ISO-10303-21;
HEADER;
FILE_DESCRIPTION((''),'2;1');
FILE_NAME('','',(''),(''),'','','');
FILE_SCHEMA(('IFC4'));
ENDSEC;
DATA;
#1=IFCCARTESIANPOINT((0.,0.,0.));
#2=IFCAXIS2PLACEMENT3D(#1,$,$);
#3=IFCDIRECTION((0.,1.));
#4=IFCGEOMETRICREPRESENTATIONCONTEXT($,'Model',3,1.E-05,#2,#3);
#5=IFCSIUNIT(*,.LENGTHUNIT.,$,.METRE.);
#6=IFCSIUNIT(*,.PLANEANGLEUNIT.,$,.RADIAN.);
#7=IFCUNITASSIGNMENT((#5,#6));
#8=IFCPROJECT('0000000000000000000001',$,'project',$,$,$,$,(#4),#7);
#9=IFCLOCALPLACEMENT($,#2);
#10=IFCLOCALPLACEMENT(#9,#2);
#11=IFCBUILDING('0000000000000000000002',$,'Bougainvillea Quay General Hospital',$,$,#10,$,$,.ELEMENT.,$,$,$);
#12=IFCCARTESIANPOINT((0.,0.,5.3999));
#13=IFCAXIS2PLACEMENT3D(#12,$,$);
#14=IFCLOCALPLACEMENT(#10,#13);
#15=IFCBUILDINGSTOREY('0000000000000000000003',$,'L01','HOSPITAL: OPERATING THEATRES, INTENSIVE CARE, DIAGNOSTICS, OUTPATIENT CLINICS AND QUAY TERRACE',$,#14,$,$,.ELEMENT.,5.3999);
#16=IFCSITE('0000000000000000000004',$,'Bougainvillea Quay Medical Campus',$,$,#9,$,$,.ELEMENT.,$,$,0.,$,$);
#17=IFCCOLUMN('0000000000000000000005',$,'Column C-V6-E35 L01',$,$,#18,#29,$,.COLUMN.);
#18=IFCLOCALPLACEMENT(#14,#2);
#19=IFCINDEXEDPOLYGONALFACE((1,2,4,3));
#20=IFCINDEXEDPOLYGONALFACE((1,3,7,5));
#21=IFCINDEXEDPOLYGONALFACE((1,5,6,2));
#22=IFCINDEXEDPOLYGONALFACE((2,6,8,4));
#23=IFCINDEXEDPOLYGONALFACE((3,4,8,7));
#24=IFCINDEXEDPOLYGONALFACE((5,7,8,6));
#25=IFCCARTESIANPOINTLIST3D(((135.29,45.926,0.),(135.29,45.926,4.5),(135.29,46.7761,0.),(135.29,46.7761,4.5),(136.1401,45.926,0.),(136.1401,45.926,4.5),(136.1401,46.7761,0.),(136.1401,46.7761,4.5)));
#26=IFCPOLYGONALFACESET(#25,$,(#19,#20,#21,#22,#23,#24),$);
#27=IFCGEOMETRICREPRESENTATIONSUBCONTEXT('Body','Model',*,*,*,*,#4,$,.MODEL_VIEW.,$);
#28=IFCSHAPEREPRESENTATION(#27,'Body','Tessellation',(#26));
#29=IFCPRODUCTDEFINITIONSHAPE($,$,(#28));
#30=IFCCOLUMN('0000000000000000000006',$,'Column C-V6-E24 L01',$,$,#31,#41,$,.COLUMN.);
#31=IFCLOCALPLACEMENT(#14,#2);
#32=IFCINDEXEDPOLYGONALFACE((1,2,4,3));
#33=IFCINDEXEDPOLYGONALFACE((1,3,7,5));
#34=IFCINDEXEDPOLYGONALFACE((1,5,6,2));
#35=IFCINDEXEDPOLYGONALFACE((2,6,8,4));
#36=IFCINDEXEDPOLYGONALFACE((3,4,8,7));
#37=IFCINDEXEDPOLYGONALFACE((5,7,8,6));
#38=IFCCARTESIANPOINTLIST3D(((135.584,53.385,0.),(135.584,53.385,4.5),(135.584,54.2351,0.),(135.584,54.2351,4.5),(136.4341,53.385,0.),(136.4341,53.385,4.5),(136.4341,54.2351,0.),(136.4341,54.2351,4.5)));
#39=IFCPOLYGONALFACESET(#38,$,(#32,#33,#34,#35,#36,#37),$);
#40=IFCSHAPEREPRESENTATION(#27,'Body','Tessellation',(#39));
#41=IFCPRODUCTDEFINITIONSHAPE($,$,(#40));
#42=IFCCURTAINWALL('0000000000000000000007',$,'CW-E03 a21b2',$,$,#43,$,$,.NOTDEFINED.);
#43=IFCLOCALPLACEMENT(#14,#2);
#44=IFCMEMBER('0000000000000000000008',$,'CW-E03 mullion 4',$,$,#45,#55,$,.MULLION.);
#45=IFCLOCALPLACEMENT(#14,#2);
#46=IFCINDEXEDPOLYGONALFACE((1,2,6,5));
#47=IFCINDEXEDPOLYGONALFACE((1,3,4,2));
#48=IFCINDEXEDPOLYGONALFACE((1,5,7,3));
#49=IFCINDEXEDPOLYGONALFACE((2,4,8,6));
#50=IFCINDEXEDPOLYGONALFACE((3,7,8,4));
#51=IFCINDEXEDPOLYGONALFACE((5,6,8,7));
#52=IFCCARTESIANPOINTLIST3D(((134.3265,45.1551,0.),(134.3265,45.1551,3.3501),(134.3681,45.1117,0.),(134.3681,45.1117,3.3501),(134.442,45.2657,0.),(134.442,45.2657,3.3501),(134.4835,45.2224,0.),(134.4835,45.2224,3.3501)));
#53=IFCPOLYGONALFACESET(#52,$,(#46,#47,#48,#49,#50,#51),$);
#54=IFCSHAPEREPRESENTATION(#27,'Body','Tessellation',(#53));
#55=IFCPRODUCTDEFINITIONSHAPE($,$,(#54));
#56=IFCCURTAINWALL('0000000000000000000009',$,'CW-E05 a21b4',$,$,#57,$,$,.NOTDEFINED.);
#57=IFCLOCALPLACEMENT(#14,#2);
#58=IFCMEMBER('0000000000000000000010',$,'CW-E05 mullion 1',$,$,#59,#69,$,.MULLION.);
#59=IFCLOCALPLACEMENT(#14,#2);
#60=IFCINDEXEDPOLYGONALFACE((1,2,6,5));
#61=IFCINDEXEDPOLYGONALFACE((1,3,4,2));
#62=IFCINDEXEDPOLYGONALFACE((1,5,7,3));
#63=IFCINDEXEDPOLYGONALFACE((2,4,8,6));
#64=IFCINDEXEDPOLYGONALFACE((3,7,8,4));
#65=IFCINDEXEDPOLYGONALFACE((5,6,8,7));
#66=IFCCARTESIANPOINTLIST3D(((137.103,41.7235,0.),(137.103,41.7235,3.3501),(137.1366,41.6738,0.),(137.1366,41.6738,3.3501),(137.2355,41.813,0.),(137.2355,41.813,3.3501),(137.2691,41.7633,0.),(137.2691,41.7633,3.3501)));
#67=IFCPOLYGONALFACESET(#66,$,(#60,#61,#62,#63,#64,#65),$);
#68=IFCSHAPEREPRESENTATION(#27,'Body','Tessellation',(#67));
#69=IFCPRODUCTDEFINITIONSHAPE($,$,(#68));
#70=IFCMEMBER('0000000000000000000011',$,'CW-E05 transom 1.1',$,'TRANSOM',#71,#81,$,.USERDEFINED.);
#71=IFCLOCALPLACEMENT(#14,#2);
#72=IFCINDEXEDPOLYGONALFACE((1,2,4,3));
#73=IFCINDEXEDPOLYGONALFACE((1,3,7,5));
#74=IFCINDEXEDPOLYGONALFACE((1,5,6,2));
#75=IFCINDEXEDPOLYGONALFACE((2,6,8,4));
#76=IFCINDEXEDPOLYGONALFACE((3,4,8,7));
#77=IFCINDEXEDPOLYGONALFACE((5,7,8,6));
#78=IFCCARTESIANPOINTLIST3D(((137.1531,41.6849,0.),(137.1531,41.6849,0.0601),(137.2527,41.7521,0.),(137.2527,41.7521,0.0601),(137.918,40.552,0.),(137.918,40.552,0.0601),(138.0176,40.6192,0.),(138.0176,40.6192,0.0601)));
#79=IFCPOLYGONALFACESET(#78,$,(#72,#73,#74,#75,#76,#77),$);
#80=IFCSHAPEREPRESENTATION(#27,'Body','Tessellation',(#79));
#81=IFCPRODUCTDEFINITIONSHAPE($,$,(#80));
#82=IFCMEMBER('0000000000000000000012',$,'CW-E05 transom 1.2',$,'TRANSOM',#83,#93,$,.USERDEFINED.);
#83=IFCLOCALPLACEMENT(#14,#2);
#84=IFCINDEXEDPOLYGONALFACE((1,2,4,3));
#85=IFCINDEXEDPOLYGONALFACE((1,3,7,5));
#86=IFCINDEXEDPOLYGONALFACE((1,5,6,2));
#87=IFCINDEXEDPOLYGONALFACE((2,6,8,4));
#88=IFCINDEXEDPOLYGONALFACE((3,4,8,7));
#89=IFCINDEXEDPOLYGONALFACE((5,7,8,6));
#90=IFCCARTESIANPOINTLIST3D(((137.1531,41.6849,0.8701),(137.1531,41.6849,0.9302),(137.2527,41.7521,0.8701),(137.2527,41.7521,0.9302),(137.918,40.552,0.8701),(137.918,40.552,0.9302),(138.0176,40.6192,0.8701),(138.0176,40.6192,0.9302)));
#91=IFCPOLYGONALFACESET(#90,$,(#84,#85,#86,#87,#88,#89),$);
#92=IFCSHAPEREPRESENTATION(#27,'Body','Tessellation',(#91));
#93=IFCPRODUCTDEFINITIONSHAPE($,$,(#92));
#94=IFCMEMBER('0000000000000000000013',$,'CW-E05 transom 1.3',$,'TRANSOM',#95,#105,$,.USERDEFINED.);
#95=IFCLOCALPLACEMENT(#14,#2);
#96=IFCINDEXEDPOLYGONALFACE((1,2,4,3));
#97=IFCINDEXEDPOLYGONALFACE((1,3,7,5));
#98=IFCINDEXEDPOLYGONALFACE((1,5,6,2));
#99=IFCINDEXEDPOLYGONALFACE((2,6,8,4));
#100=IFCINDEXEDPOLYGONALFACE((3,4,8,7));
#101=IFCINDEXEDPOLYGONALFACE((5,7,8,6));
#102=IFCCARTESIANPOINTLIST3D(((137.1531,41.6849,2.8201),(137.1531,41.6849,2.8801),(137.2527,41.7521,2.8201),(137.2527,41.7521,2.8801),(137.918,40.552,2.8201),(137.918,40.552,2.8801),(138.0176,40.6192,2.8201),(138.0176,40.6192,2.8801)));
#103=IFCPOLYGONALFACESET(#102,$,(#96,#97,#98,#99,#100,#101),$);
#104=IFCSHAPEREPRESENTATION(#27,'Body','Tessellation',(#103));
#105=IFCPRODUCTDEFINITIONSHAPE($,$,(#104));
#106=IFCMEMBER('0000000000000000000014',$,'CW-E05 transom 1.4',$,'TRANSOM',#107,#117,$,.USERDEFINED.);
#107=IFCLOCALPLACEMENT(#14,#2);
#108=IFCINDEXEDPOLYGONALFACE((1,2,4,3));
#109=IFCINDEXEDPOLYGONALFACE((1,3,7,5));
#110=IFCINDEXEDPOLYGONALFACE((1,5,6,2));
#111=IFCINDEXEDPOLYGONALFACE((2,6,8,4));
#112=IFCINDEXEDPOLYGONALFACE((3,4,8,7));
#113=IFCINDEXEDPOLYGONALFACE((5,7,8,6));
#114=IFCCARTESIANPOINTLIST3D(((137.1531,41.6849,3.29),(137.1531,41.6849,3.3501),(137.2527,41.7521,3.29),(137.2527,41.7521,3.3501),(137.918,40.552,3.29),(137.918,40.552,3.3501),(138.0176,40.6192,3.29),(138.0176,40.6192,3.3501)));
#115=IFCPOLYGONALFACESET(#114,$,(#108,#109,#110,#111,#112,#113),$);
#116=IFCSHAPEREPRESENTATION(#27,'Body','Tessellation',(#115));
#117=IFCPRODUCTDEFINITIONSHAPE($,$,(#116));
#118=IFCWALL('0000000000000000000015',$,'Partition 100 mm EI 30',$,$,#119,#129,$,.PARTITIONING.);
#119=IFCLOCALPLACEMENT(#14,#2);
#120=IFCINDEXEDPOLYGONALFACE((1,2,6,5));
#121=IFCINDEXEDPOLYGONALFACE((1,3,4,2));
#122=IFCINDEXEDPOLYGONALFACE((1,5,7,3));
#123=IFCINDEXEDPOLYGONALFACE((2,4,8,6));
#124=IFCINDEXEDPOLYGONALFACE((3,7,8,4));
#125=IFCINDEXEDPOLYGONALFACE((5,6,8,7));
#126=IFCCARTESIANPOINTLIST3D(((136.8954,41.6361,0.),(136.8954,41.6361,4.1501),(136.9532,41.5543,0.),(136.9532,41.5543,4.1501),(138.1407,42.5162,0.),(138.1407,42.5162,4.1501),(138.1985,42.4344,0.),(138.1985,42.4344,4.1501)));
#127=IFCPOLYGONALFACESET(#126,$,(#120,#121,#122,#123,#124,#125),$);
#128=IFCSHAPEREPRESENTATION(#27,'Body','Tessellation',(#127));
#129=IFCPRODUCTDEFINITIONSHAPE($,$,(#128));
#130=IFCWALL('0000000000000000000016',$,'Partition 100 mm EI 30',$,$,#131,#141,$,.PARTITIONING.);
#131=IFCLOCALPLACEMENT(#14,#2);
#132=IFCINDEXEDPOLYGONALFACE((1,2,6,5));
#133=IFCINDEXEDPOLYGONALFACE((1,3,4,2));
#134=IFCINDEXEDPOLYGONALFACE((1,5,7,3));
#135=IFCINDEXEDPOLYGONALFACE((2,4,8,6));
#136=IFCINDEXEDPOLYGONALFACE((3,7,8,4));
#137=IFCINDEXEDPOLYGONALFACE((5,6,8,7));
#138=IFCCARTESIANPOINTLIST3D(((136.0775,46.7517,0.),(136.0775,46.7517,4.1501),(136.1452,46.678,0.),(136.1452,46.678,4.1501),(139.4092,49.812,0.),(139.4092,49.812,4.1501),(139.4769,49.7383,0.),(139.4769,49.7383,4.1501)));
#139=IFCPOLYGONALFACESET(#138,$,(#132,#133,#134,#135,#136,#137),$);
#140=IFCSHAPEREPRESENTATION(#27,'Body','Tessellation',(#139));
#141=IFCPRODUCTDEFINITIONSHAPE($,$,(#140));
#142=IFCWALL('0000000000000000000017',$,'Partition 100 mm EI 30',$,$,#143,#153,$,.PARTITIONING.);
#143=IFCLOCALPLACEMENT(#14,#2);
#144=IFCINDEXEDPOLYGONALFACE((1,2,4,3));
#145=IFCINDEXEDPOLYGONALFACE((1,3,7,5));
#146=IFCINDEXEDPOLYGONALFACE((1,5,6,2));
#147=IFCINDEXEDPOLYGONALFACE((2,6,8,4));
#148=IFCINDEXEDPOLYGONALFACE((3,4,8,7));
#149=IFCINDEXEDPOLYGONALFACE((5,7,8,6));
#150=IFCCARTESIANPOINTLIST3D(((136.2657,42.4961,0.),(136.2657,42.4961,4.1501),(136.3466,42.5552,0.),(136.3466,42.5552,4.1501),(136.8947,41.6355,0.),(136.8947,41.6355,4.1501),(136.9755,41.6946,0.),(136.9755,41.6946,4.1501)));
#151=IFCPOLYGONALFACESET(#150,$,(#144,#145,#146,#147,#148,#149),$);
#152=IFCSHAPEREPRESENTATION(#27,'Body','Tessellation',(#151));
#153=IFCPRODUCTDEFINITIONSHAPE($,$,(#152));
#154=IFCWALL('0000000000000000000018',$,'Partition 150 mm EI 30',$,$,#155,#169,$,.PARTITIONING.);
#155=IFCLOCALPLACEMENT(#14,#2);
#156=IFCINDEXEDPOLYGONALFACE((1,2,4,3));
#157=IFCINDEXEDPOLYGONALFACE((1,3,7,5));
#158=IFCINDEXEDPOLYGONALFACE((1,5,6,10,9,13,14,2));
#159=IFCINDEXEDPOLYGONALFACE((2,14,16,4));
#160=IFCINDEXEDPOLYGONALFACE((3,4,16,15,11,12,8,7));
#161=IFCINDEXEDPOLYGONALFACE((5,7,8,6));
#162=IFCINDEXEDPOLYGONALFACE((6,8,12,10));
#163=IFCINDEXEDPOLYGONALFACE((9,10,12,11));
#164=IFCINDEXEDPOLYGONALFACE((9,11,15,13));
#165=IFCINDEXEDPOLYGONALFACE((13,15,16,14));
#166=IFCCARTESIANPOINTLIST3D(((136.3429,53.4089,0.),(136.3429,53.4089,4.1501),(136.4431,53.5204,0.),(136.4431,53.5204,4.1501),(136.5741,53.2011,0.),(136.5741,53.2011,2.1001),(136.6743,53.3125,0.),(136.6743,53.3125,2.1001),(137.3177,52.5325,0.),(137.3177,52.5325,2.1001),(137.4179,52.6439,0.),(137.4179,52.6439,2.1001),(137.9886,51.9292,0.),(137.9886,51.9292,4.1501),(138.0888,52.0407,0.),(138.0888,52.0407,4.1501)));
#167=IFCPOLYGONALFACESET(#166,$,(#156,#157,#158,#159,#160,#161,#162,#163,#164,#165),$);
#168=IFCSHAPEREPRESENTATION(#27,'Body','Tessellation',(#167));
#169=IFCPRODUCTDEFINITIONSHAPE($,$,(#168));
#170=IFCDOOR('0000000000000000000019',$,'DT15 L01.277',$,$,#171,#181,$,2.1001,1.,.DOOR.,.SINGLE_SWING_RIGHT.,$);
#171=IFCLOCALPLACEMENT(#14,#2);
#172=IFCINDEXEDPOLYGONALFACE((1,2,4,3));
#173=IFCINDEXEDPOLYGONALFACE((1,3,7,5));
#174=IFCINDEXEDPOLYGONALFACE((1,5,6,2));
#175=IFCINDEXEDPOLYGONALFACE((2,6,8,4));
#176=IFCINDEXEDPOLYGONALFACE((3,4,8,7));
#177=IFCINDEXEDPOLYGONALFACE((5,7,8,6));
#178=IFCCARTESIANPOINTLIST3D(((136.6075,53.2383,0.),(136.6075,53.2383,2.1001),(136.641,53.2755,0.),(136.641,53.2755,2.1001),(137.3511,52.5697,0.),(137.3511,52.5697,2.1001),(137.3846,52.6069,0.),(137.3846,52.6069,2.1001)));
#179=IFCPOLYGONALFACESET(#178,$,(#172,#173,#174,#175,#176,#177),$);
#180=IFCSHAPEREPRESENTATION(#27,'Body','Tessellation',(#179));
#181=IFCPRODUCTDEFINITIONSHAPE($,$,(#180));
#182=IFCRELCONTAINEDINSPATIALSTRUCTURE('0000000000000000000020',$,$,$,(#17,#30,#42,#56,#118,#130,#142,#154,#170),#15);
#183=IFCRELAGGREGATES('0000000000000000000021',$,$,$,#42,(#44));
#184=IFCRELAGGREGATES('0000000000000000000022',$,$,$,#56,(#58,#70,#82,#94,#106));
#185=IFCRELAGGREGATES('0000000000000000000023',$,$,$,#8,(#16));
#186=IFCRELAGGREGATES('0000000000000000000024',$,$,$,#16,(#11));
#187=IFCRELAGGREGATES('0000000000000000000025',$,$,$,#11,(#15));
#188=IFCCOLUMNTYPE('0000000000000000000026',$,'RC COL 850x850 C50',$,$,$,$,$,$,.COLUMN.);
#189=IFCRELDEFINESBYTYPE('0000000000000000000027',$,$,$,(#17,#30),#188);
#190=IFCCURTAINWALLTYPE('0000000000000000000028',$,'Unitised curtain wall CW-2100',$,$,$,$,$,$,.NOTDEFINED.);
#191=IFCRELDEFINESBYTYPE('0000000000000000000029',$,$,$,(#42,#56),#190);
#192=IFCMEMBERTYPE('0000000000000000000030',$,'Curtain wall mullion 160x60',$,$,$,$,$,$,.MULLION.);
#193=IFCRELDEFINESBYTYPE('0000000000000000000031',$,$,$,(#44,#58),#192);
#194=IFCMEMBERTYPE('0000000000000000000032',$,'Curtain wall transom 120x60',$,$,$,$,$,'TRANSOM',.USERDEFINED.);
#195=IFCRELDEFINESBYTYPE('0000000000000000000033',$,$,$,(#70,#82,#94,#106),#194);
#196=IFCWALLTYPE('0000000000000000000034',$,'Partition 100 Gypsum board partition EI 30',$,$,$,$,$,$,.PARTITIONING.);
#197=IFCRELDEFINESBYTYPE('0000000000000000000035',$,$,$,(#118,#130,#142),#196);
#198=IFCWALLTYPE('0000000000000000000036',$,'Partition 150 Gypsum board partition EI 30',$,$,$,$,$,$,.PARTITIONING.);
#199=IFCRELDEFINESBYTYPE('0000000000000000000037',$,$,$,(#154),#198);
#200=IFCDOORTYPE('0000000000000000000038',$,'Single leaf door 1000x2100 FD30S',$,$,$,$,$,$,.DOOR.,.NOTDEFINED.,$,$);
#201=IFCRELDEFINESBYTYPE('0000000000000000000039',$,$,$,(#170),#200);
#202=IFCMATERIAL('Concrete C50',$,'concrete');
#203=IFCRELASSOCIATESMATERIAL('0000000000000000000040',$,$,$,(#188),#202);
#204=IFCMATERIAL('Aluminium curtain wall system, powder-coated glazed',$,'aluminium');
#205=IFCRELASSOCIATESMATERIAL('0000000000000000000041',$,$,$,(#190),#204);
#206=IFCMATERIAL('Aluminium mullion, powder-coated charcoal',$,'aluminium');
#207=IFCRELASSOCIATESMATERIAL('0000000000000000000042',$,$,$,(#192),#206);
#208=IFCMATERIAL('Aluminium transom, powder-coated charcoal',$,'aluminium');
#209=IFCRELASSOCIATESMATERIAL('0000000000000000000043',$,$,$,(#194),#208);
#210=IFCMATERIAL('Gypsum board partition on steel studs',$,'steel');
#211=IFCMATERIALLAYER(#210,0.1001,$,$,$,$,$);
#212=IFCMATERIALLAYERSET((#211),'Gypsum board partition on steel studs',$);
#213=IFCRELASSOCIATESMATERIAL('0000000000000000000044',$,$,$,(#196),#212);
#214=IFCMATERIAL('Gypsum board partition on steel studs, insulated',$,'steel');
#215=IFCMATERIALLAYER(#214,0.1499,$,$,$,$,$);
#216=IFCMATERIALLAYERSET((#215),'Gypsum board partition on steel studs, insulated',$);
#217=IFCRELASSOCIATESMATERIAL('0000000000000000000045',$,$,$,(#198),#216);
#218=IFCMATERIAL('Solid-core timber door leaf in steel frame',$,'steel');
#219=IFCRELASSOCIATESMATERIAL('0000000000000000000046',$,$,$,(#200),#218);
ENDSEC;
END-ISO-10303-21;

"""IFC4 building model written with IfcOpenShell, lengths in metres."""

from ifc_helpers import new_model, si_unit, direction, frame, frame_2d, origin, origin_2d, place, context, subcontext, project, spatial, rectangle, extrude, material, layer, layer_set, material_profile, profile_set, type_object, element, fill, aggregate, save


model = new_model("IFC4")

# Units and contexts
model_context = context("Model", 3, precision=1e-05, world=origin(), true_north=direction((0.0, 1.0)))
body_context = subcontext(model_context, "Body", "Model", "MODEL_VIEW")
ifc_project = project(units=[si_unit("LENGTHUNIT", "METRE"), si_unit("PLANEANGLEUNIT", "RADIAN")], contexts=[model_context])

# Site, building, storey
site_placement = place(None, origin())
site = spatial("IfcSite", under=ifc_project, at=site_placement, Name="Bougainvillea Quay Medical Campus", CompositionType="ELEMENT", RefElevation=0.0)
building_placement = place(site_placement, origin())
building = spatial("IfcBuilding", under=site, at=building_placement, Name="Bougainvillea Quay General Hospital", CompositionType="ELEMENT")
storey_placement = place(building_placement, frame((0.0, 0.0, 5.3999)))
storey = spatial("IfcBuildingStorey", under=building, at=storey_placement, Name="L01", Description="HOSPITAL: OPERATING THEATRES, INTENSIVE CARE, DIAGNOSTICS, OUTPATIENT CLINICS AND QUAY TERRACE", CompositionType="ELEMENT", Elevation=5.3999)

# Columns
ifc_material_1 = material(Name="Concrete C50", Category="concrete")
ifc_material_profile_1 = material_profile(ifc_material_1, rectangle(XDim=0.8501, YDim=0.8501, at=origin_2d()))
ifc_profile_set_1 = profile_set([ifc_material_profile_1], Name="Concrete C50")
column_type = type_object("IfcColumnType", Name="RC COL 850x850 C50", PredefinedType="COLUMN", material=ifc_profile_set_1)
for number, where, z_axis, x_axis, name in (
    (1, (135.7151, 46.3511, 0.0), (0.0, 0.0, 1.0), (1.0, 0.0, 0.0), "Column C-V6-E35 L01"),
    (2, (136.009, 53.8101, 0.0), (0.0, 0.0, 1.0), (1.0, 0.0, 0.0), "Column C-V6-E24 L01"),
):
    element("IfcColumn", number, at=place(storey_placement, frame(where, z_axis=z_axis, x_axis=x_axis)), inside=storey, type_object=column_type, Name=name, PredefinedType="COLUMN", context=body_context, shape_type="SweptSolid", body=[
        extrude(rectangle(XDim=0.8501, YDim=0.8501, at=origin_2d()), origin(), (0.0, 0.0, 1.0), 4.5),
    ])

# Curtain wall, member
ifc_material_2 = material(Name="Aluminium curtain wall system, powder-coated glazed", Category="aluminium")
curtain_wall_type = type_object("IfcCurtainWallType", Name="Unitised curtain wall CW-2100", PredefinedType="NOTDEFINED", material=ifc_material_2)
curtain_wall_1_placement = place(storey_placement, origin())
curtain_wall_1 = element("IfcCurtainWall", 3, at=curtain_wall_1_placement, inside=storey, type_object=curtain_wall_type, Name="CW-E03 a21b2", PredefinedType="NOTDEFINED")
ifc_material_3 = material(Name="Aluminium mullion, powder-coated charcoal", Category="aluminium")
ifc_material_profile_2 = material_profile(ifc_material_3, rectangle(XDim=0.1599, YDim=0.0601, at=origin_2d()))
ifc_profile_set_2 = profile_set([ifc_material_profile_2], Name="Aluminium mullion, powder-coated charcoal")
member_type_1 = type_object("IfcMemberType", Name="Curtain wall mullion 160x60", PredefinedType="MULLION", material=ifc_profile_set_2)
member_1_placement = place(storey_placement, frame((134.405, 45.1887, 0.0), z_axis=(0.0, 0.0, 1.0), x_axis=(0.72197, 0.691925, 0.0)))
member_1 = element("IfcMember", 4, at=member_1_placement, type_object=member_type_1, Name="CW-E03 mullion 4", PredefinedType="MULLION", context=body_context, shape_type="SweptSolid", body=[
    extrude(rectangle(XDim=0.1599, YDim=0.0601, at=origin_2d()), origin(), (0.0, 0.0, 1.0), 3.3501),
])
aggregate(curtain_wall_1, [member_1])

# Curtain wall, members
curtain_wall_2_placement = place(storey_placement, origin())
curtain_wall_2 = element("IfcCurtainWall", 5, at=curtain_wall_2_placement, inside=storey, type_object=curtain_wall_type, Name="CW-E05 a21b4", PredefinedType="NOTDEFINED")
member_2_placement = place(storey_placement, frame((137.186, 41.7434, 0.0), z_axis=(0.0, 0.0, 1.0), x_axis=(0.828712, 0.559675, 0.0)))
member_2 = element("IfcMember", 6, at=member_2_placement, type_object=member_type_1, Name="CW-E05 mullion 1", PredefinedType="MULLION", context=body_context, shape_type="SweptSolid", body=[
    extrude(rectangle(XDim=0.1599, YDim=0.0601, at=origin_2d()), origin(), (0.0, 0.0, 1.0), 3.3501),
])
ifc_material_4 = material(Name="Aluminium transom, powder-coated charcoal", Category="aluminium")
ifc_material_profile_3 = material_profile(ifc_material_4, rectangle(XDim=0.1201, YDim=0.0601, at=origin_2d()))
ifc_profile_set_3 = profile_set([ifc_material_profile_3], Name="Aluminium transom, powder-coated charcoal")
member_type_2 = type_object("IfcMemberType", Name="Curtain wall transom 120x60", ElementType="TRANSOM", PredefinedType="USERDEFINED", material=ifc_profile_set_3)
member_3_placement = place(storey_placement, frame((137.2029, 41.7185, 0.03), z_axis=(0.559596, -0.828766, 0.0), x_axis=(0.828766, 0.559596, 0.0)))
member_3 = element("IfcMember", 7, at=member_3_placement, type_object=member_type_2, Name="CW-E05 transom 1.1", ObjectType="TRANSOM", PredefinedType="USERDEFINED", context=body_context, shape_type="SweptSolid", body=[
    extrude(rectangle(XDim=0.1201, YDim=0.0601, at=origin_2d()), origin(), (0.0, 0.0, 1.0), 1.3669),
])
member_4_placement = place(storey_placement, frame((137.2029, 41.7185, 0.9001), z_axis=(0.559596, -0.828766, 0.0), x_axis=(0.828766, 0.559596, 0.0)))
member_4 = element("IfcMember", 8, at=member_4_placement, type_object=member_type_2, Name="CW-E05 transom 1.2", ObjectType="TRANSOM", PredefinedType="USERDEFINED", context=body_context, shape_type="SweptSolid", body=[
    extrude(rectangle(XDim=0.1201, YDim=0.0601, at=origin_2d()), origin(), (0.0, 0.0, 1.0), 1.3669),
])
member_5_placement = place(storey_placement, frame((137.2029, 41.7185, 2.8501), z_axis=(0.559596, -0.828766, 0.0), x_axis=(0.828766, 0.559596, 0.0)))
member_5 = element("IfcMember", 9, at=member_5_placement, type_object=member_type_2, Name="CW-E05 transom 1.3", ObjectType="TRANSOM", PredefinedType="USERDEFINED", context=body_context, shape_type="SweptSolid", body=[
    extrude(rectangle(XDim=0.1201, YDim=0.0601, at=origin_2d()), origin(), (0.0, 0.0, 1.0), 1.3669),
])
member_6_placement = place(storey_placement, frame((137.2029, 41.7185, 3.3201), z_axis=(0.559596, -0.828766, 0.0), x_axis=(0.828766, 0.559596, 0.0)))
member_6 = element("IfcMember", 10, at=member_6_placement, type_object=member_type_2, Name="CW-E05 transom 1.4", ObjectType="TRANSOM", PredefinedType="USERDEFINED", context=body_context, shape_type="SweptSolid", body=[
    extrude(rectangle(XDim=0.1201, YDim=0.0601, at=origin_2d()), origin(), (0.0, 0.0, 1.0), 1.3669),
])
aggregate(curtain_wall_2, [member_2, member_3, member_4, member_5, member_6])

# Walls
ifc_material_5 = material(Name="Gypsum board partition on steel studs", Category="steel")
ifc_layer_1 = layer(ifc_material_5, 0.1001)
ifc_layer_set_1 = layer_set([ifc_layer_1], Name="Gypsum board partition on steel studs")
wall_type_1 = type_object("IfcWallType", Name="Partition 100 Gypsum board partition EI 30", PredefinedType="PARTITIONING", material=ifc_layer_set_1)
wall_1_placement = place(storey_placement, frame((136.9243, 41.5952, 0.0), z_axis=(0.0, 0.0, 1.0), x_axis=(0.816644, 0.577142, 0.0)))
element("IfcWall", 11, at=wall_1_placement, inside=storey, type_object=wall_type_1, Name="Partition 100 mm EI 30", PredefinedType="PARTITIONING", context=body_context, shape_type="SweptSolid", body=[
    extrude(rectangle(XDim=1.5249, YDim=0.1001, at=frame_2d((0.7625, 0.0))), origin(), (0.0, 0.0, 1.0), 4.1501),
])
wall_2_placement = place(storey_placement, frame((136.1113, 46.7148, 0.0), z_axis=(0.0, 0.0, 1.0), x_axis=(0.736475, 0.676465, 0.0)))
element("IfcWall", 12, at=wall_2_placement, inside=storey, type_object=wall_type_1, Name="Partition 100 mm EI 30", PredefinedType="PARTITIONING", context=body_context, shape_type="SweptSolid", body=[
    extrude(rectangle(XDim=4.5239, YDim=0.1001, at=frame_2d((2.262, 0.0))), origin(), (0.0, 0.0, 1.0), 4.1501),
])
wall_3_placement = place(storey_placement, frame((136.3062, 42.5256, 0.0), z_axis=(0.0, 0.0, 1.0), x_axis=(0.590022, -0.807387, 0.0)))
element("IfcWall", 13, at=wall_3_placement, inside=storey, type_object=wall_type_1, Name="Partition 100 mm EI 30", PredefinedType="PARTITIONING", context=body_context, shape_type="SweptSolid", body=[
    extrude(rectangle(XDim=1.0659, YDim=0.1001, at=frame_2d((0.533, 0.0))), origin(), (0.0, 0.0, 1.0), 4.1501),
])

# Wall, opening, door
ifc_material_6 = material(Name="Gypsum board partition on steel studs, insulated", Category="steel")
ifc_layer_2 = layer(ifc_material_6, 0.1499)
ifc_layer_set_2 = layer_set([ifc_layer_2], Name="Gypsum board partition on steel studs, insulated")
wall_type_2 = type_object("IfcWallType", Name="Partition 150 Gypsum board partition EI 30", PredefinedType="PARTITIONING", material=ifc_layer_set_2)
wall_4_placement = place(storey_placement, frame((136.3931, 53.4646, 0.0), z_axis=(0.0, 0.0, 1.0), x_axis=(0.743618, -0.668605, 0.0)))
wall_4 = element("IfcWall", 14, at=wall_4_placement, inside=storey, type_object=wall_type_2, Name="Partition 150 mm EI 30", PredefinedType="PARTITIONING", context=body_context, shape_type="SweptSolid", body=[
    extrude(rectangle(XDim=2.2131, YDim=0.1499, at=frame_2d((1.1064, 0.0))), origin(), (0.0, 0.0, 1.0), 4.1501),
])
opening_1_placement = place(wall_4_placement, frame((0.3108, 0.0, 0.0)))
opening_1 = element("IfcOpeningElement", 15, at=opening_1_placement, cuts=wall_4, PredefinedType="OPENING", context=body_context, shape_type="SweptSolid", body=[
    extrude(rectangle(XDim=1.0, YDim=2.1001, at=frame_2d((0.5, 1.05))), frame((0.0, 0.085, 0.0), z_axis=(0.0, -1.0, 0.0), x_axis=(1.0, 0.0, 0.0)), (0.0, 0.0, 1.0), 0.1699),
])
ifc_material_7 = material(Name="Solid-core timber door leaf in steel frame", Category="steel")
door_type_1 = type_object("IfcDoorType", Name="Single leaf door 1000x2100 FD30S", OperationType="NOTDEFINED", PredefinedType="DOOR", material=ifc_material_7)
door_1_placement = place(opening_1_placement, frame((1.0, 0.0, 0.0), z_axis=(0.0, 0.0, 1.0), x_axis=(-1.0, 0.0, 0.0)))
door_1 = element("IfcDoor", 16, at=door_1_placement, inside=storey, type_object=door_type_1, Name="DT15 L01.277", OperationType="SINGLE_SWING_RIGHT", OverallHeight=2.1001, OverallWidth=1.0, PredefinedType="DOOR", context=body_context, shape_type="SweptSolid", body=[
    extrude(rectangle(XDim=1.0, YDim=2.1001, at=frame_2d((0.5, 1.05))), frame((0.0, 0.0249, 0.0), z_axis=(0.0, -1.0, 0.0), x_axis=(1.0, 0.0, 0.0)), (0.0, 0.0, 1.0), 0.05),
])
fill(opening_1, door_1)

save(model, "model.ifc")
